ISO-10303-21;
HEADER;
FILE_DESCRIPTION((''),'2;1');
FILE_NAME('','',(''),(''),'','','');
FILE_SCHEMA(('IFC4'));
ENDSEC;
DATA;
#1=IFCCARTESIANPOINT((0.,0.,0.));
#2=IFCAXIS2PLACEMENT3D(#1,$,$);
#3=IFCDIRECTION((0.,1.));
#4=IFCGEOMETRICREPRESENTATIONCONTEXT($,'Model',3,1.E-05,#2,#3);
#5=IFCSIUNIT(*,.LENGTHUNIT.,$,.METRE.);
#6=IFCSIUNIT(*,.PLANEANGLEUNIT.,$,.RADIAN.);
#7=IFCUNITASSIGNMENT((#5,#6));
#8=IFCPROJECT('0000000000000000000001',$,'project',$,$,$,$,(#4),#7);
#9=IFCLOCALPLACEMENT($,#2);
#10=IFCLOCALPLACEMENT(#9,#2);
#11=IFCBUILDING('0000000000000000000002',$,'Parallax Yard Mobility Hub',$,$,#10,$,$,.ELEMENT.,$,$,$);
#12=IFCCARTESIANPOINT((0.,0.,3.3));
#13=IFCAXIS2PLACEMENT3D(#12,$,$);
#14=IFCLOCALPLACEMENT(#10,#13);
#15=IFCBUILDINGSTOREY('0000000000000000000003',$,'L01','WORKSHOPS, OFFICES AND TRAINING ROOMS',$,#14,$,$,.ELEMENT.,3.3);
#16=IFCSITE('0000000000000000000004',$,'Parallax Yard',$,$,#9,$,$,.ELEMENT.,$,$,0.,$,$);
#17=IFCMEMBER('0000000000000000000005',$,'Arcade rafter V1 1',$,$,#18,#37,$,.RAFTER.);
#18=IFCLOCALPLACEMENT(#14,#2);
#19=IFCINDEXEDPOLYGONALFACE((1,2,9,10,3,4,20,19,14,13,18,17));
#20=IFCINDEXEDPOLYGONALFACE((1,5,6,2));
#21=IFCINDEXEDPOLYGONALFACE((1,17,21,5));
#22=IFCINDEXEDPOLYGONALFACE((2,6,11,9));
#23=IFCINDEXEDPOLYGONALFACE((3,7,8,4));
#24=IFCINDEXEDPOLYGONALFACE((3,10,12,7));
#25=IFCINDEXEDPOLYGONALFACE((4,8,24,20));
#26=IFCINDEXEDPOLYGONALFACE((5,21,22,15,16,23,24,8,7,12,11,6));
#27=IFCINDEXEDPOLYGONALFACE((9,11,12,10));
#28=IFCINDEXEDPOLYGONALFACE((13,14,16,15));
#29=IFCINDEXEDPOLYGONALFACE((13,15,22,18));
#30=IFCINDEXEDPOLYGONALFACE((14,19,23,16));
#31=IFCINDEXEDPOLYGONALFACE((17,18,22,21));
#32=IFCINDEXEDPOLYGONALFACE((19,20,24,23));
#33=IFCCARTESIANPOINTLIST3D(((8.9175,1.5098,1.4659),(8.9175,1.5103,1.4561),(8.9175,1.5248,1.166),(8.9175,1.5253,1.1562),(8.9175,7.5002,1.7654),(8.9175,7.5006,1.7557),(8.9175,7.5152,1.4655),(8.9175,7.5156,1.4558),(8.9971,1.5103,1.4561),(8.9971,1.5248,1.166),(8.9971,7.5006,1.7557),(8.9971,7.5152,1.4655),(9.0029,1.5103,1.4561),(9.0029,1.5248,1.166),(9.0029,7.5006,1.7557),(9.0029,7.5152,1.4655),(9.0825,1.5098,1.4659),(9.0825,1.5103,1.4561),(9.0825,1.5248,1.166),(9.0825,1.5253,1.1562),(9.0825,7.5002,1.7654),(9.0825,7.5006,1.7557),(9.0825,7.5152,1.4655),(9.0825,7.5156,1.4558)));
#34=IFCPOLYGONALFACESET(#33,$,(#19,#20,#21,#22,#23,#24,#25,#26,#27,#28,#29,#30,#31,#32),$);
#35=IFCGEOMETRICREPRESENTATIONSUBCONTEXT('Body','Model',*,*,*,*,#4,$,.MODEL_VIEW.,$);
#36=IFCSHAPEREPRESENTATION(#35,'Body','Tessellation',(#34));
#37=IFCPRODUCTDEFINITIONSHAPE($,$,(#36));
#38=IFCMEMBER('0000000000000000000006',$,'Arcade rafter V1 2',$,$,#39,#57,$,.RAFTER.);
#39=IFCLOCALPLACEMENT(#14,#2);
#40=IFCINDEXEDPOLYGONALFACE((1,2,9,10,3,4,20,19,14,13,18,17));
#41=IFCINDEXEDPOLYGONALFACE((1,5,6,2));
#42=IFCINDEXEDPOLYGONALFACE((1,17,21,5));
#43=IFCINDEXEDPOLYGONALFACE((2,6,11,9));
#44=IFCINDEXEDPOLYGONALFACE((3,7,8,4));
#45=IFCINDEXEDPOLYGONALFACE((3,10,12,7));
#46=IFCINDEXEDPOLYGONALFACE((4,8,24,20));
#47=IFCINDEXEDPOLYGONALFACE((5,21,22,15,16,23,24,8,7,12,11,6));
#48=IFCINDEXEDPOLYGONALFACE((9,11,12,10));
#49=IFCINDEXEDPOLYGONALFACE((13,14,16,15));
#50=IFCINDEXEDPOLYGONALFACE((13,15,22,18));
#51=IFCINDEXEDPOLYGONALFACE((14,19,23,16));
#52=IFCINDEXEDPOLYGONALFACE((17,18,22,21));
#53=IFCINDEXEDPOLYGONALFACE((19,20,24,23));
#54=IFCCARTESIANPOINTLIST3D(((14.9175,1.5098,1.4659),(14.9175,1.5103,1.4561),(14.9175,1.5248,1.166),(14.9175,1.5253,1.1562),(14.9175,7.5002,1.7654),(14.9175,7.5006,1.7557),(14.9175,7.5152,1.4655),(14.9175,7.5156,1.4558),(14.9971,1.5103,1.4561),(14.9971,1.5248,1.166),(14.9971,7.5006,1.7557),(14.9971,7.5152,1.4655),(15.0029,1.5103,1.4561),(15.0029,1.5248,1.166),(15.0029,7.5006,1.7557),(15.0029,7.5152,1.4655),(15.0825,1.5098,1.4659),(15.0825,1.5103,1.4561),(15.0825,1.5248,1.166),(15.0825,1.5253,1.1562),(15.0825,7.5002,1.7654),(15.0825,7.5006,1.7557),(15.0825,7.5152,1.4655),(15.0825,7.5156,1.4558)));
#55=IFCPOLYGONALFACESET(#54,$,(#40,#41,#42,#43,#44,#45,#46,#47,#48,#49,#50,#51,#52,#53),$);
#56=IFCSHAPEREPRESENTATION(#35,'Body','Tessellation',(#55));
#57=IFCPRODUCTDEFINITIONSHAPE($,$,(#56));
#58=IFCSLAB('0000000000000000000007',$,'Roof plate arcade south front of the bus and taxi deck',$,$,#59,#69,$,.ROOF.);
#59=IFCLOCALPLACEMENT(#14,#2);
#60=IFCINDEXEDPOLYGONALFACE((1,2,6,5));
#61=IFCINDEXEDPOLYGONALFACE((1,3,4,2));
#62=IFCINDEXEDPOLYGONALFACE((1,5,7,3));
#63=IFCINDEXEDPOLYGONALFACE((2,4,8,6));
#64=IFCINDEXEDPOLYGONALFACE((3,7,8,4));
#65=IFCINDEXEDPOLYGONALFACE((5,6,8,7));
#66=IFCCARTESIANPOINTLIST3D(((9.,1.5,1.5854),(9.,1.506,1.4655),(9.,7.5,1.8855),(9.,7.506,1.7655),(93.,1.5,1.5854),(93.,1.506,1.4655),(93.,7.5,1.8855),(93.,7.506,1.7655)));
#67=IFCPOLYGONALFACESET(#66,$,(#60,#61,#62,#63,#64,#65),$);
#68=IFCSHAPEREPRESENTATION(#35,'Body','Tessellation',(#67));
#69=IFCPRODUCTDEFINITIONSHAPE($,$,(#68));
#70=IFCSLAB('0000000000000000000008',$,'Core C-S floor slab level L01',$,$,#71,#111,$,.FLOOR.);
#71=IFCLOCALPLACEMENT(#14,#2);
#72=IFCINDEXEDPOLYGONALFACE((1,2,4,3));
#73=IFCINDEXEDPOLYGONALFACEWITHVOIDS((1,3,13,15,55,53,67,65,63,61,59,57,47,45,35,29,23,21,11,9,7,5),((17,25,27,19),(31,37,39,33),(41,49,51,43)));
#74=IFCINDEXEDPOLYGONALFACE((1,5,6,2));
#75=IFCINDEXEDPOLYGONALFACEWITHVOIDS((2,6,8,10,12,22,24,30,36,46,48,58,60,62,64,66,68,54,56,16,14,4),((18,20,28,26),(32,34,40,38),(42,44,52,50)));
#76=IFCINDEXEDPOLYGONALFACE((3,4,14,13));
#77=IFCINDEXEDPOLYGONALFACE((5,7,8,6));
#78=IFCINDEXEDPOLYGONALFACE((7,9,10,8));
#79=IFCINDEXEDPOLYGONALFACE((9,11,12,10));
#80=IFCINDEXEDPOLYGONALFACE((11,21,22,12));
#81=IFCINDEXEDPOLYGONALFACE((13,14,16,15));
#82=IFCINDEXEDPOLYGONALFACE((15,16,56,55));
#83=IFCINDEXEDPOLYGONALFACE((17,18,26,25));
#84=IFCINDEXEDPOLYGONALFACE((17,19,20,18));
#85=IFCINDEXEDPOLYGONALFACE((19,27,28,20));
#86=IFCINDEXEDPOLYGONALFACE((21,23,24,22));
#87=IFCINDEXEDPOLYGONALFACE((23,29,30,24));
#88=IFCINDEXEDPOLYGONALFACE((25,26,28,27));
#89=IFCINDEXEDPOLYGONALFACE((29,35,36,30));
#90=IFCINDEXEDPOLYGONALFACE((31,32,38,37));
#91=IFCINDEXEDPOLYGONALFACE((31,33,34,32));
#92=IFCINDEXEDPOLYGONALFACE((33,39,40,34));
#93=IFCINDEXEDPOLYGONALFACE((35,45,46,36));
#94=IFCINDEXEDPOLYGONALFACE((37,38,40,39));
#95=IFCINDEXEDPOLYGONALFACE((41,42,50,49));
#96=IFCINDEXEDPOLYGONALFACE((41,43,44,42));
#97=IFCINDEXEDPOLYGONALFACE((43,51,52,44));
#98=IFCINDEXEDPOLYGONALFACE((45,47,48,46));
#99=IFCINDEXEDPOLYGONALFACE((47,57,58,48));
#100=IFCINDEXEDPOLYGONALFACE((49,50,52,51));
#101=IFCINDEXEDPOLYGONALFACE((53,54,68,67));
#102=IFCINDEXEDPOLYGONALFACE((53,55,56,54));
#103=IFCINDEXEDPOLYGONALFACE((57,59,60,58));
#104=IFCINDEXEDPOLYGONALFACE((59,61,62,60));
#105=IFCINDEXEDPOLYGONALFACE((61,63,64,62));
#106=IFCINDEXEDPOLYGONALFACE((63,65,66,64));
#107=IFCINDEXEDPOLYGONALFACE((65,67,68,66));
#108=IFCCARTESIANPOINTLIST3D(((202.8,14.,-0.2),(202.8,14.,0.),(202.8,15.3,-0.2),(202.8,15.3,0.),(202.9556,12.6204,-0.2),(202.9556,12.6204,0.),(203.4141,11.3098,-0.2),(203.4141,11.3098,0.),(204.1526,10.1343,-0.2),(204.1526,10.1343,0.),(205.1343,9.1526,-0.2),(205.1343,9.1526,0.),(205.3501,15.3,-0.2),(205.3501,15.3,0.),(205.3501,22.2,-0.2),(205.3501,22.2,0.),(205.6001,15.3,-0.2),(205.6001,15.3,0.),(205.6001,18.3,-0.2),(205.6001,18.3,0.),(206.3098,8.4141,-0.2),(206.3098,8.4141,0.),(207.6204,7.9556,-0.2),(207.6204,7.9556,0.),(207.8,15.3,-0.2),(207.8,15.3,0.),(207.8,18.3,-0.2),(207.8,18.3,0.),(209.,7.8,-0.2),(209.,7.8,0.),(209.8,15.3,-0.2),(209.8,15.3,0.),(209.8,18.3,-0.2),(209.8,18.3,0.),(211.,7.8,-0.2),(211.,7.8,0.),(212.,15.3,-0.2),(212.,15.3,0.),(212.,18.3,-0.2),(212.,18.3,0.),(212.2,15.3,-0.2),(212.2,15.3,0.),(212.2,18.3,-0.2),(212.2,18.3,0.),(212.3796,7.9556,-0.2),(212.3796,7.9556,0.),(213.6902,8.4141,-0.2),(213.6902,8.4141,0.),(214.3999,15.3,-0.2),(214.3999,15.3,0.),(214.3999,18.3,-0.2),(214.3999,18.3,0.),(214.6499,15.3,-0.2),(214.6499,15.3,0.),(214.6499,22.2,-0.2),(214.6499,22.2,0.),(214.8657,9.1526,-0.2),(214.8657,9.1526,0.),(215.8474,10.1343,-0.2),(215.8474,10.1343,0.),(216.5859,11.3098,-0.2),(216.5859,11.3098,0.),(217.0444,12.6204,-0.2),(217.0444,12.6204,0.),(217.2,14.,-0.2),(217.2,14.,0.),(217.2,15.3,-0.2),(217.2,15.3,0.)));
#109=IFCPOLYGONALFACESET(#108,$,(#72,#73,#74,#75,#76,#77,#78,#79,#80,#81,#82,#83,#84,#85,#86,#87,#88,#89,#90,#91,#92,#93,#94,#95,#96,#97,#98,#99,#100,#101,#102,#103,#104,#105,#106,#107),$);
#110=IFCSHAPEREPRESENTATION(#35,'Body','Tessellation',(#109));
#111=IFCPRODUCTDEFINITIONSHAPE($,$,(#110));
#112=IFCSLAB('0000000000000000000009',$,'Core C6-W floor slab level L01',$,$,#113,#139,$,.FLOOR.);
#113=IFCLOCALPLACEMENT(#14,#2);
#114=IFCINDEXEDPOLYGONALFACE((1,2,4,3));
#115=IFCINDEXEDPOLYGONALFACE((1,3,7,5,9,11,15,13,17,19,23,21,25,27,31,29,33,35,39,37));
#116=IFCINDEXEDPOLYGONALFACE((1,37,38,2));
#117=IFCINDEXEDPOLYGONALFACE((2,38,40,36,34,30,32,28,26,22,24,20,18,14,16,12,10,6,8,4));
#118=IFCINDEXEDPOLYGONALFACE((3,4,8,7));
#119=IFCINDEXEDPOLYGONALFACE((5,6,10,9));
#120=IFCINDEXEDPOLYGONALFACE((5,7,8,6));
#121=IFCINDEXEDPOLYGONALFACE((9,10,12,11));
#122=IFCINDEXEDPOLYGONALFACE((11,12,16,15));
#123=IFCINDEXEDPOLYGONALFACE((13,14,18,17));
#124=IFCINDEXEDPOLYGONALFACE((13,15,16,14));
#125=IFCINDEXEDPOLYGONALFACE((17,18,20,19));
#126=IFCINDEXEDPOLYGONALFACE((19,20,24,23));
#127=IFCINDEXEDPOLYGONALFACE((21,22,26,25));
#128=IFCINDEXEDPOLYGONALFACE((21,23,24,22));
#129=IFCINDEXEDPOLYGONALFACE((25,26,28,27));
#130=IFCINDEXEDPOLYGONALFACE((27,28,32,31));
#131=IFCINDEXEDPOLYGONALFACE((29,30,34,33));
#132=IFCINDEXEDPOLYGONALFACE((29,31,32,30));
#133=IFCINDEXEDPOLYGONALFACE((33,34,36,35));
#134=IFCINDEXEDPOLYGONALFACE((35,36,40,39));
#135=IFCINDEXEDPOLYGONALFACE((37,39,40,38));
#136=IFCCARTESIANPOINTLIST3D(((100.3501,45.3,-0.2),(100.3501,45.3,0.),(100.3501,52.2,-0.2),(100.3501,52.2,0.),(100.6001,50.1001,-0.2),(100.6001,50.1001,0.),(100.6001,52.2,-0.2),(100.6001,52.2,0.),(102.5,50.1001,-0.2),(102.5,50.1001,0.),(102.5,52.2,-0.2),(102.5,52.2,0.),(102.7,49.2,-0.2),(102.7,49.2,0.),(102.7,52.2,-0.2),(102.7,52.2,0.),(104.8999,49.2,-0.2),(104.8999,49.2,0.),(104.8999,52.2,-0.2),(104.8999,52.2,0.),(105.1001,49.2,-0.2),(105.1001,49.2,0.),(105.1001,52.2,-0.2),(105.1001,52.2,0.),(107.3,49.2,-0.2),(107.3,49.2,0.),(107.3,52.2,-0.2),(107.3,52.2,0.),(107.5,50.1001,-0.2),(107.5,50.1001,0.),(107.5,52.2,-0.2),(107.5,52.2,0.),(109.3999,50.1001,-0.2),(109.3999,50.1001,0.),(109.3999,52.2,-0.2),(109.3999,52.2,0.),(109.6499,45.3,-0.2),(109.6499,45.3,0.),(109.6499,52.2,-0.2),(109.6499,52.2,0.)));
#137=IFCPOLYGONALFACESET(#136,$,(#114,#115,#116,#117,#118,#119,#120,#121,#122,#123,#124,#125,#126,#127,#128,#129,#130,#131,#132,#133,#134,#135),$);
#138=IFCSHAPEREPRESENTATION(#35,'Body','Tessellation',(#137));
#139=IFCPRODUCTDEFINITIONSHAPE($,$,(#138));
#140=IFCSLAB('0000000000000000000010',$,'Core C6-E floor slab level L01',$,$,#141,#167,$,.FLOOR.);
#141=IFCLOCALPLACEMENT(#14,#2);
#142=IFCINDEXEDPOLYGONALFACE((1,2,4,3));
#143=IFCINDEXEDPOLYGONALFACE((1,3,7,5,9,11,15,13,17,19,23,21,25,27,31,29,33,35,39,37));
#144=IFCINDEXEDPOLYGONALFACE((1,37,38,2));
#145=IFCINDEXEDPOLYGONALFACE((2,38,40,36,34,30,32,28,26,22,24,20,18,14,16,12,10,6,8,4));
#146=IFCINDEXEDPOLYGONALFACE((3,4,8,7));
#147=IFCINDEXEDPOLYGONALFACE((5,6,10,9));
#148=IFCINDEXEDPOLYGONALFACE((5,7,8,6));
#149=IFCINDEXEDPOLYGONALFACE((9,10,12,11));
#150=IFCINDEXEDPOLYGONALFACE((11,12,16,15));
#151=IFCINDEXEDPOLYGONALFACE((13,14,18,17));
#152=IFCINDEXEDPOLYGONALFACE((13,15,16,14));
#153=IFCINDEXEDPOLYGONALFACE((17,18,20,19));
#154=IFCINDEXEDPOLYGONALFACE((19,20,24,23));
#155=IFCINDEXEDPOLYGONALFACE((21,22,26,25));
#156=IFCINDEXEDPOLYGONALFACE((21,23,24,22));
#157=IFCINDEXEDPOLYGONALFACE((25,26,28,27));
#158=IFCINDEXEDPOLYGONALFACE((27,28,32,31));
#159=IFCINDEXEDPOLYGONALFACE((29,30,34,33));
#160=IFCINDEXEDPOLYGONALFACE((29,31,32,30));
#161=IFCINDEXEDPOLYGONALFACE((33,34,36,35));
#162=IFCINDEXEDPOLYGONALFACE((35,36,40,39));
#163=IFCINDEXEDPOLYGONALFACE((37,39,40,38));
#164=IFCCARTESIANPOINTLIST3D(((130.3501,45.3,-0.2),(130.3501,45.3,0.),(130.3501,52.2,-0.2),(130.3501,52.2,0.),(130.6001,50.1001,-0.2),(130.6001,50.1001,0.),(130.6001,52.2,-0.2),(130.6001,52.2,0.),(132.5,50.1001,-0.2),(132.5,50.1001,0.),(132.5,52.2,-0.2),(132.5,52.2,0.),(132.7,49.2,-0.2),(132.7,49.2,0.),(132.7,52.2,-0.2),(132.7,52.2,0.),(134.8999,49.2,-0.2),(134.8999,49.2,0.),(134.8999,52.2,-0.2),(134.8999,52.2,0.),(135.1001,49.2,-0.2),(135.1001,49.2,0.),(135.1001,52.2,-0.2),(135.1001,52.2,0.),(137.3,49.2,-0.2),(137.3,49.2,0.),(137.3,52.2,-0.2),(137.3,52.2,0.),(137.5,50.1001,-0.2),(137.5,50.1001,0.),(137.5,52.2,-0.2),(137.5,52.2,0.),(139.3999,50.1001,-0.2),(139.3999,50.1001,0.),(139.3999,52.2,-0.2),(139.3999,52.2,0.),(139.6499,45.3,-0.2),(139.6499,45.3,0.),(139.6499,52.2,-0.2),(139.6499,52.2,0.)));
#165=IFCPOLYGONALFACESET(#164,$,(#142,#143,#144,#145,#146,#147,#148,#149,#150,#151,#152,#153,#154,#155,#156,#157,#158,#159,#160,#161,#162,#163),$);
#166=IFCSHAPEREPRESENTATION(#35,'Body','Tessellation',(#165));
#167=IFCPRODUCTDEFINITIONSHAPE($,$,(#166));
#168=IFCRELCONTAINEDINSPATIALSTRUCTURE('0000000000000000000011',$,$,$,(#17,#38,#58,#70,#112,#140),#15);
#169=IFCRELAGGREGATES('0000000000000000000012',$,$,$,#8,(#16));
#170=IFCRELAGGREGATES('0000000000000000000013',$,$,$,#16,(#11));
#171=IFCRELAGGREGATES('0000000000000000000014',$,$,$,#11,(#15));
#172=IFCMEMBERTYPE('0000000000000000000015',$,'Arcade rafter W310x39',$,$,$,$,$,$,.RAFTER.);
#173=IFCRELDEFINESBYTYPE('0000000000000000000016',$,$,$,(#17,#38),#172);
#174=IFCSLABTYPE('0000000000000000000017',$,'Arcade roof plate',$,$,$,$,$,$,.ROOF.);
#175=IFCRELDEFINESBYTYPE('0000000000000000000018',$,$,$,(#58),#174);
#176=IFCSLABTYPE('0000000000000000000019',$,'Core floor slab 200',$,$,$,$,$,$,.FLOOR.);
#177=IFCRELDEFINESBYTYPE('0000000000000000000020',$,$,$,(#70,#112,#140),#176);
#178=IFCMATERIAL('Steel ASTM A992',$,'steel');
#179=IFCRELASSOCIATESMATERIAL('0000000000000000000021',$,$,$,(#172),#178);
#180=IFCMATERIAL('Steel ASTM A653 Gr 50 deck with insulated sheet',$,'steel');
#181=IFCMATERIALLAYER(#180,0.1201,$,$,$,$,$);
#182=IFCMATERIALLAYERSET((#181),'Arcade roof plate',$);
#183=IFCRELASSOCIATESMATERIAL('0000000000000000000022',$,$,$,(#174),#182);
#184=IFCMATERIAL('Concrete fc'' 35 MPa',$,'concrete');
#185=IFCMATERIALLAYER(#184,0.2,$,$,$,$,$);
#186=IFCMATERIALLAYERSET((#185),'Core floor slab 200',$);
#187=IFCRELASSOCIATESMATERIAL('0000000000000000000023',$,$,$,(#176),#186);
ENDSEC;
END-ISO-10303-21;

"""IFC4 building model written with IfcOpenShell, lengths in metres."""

from ifc_helpers import new_model, si_unit, direction, frame, origin, origin_2d, place, context, subcontext, project, spatial, polyline, i_section, outline, extrude, material, layer, layer_set, material_profile, profile_set, type_object, element, save


model = new_model("IFC4")

# Units and contexts
model_context = context("Model", 3, precision=1e-05, world=origin(), true_north=direction((0.0, 1.0)))
body_context = subcontext(model_context, "Body", "Model", "MODEL_VIEW")
ifc_project = project(units=[si_unit("LENGTHUNIT", "METRE"), si_unit("PLANEANGLEUNIT", "RADIAN")], contexts=[model_context])

# Site, building, storey
site_placement = place(None, origin())
site = spatial("IfcSite", under=ifc_project, at=site_placement, Name="Parallax Yard", CompositionType="ELEMENT", RefElevation=0.0)
building_placement = place(site_placement, origin())
building = spatial("IfcBuilding", under=site, at=building_placement, Name="Parallax Yard Mobility Hub", CompositionType="ELEMENT")
storey_placement = place(building_placement, frame((0.0, 0.0, 3.3)))
storey = spatial("IfcBuildingStorey", under=building, at=storey_placement, Name="L01", Description="WORKSHOPS, OFFICES AND TRAINING ROOMS", CompositionType="ELEMENT", Elevation=3.3)

# Shared definitions
ifc_material_1 = material(Name="Steel ASTM A992", Category="steel")

# Members
ifc_material_profile_1 = material_profile(ifc_material_1, i_section(OverallWidth=0.165, OverallDepth=0.3101, WebThickness=0.0059, FlangeThickness=0.0098, at=origin_2d()), Name="W310x39")
ifc_profile_set_1 = profile_set([ifc_material_profile_1], Name="Steel ASTM A992")
member_type_1 = type_object("IfcMemberType", Name="Arcade rafter W310x39", PredefinedType="RAFTER", material=ifc_profile_set_1)
for number, where, z_axis, x_axis, name in (
    (1, (9.0, 1.5176, 1.311), (0.0, 0.998752, 0.049946), (-1.0, 0.0, 0.0), "Arcade rafter V1 1"),
    (2, (15.0, 1.5176, 1.311), (0.0, 0.998752, 0.049946), (-1.0, 0.0, 0.0), "Arcade rafter V1 2"),
):
    element("IfcMember", number, at=place(storey_placement, frame(where, z_axis=z_axis, x_axis=x_axis)), inside=storey, type_object=member_type_1, Name=name, PredefinedType="RAFTER", context=body_context, shape_type="SweptSolid", body=[
        extrude(i_section(OverallWidth=0.165, OverallDepth=0.3101, WebThickness=0.0059, FlangeThickness=0.0098, at=origin_2d()), origin(), (0.0, 0.0, 1.0), 5.9978),
    ])

# Slabs
ifc_material_2 = material(Name="Steel ASTM A653 Gr 50 deck with insulated sheet", Category="steel")
ifc_layer_1 = layer(ifc_material_2, 0.1201)
ifc_layer_set_1 = layer_set([ifc_layer_1], Name="Arcade roof plate")
slab_type_1 = type_object("IfcSlabType", Name="Arcade roof plate", PredefinedType="ROOF", material=ifc_layer_set_1)
slab_1_placement = place(storey_placement, frame((9.0, 1.5, 1.5854), z_axis=(0.0, -0.049946, 0.998752), x_axis=(1.0, 0.0, 0.0)))
element("IfcSlab", 3, at=slab_1_placement, inside=storey, type_object=slab_type_1, Name="Roof plate arcade south front of the bus and taxi deck", PredefinedType="ROOF", context=body_context, shape_type="SweptSolid", body=[
    extrude(outline(polyline([(0.0, 0.0), (84.0, 0.0), (84.0, 6.0075), (0.0, 6.0075), (0.0, 0.0)])), origin(), (0.0, 0.0, -1.0), 0.1201),
])
ifc_material_3 = material(Name="Concrete fc' 35 MPa", Category="concrete")
ifc_layer_2 = layer(ifc_material_3, 0.2)
ifc_layer_set_2 = layer_set([ifc_layer_2], Name="Core floor slab 200")
slab_type_2 = type_object("IfcSlabType", Name="Core floor slab 200", PredefinedType="FLOOR", material=ifc_layer_set_2)
slab_2_placement = place(storey_placement, frame((0.0, 0.0, -0.2)))
element("IfcSlab", 4, at=slab_2_placement, inside=storey, type_object=slab_type_2, Name="Core C-S floor slab level L01", PredefinedType="FLOOR", context=body_context, shape_type="SweptSolid", body=[
    extrude(outline(polyline([(216.5859, 11.3098), (215.8474, 10.1343), (214.8657, 9.1526), (213.6902, 8.4141), (212.3796, 7.9556), (211.0, 7.8), (209.0, 7.8), (207.6204, 7.9556), (206.3098, 8.4141), (205.1343, 9.1526), (204.1526, 10.1343), (203.4141, 11.3098), (202.9556, 12.6204), (202.8, 14.0), (202.8, 15.3), (205.3501, 15.3), (205.3501, 22.2), (214.6499, 22.2), (214.6499, 15.3), (217.2, 15.3), (217.2, 14.0), (217.0444, 12.6204), (216.5859, 11.3098)]), holes=[polyline([(214.3999, 18.3), (212.2, 18.3), (212.2, 15.3), (214.3999, 15.3), (214.3999, 18.3)]), polyline([(212.0, 15.3), (212.0, 18.3), (209.8, 18.3), (209.8, 15.3), (212.0, 15.3)]), polyline([(205.6001, 15.3), (207.8, 15.3), (207.8, 18.3), (205.6001, 18.3), (205.6001, 15.3)])]), origin(), (0.0, 0.0, 1.0), 0.2),
])
slab_3_placement = place(storey_placement, frame((0.0, 0.0, -0.2)))
element("IfcSlab", 5, at=slab_3_placement, inside=storey, type_object=slab_type_2, Name="Core C6-W floor slab level L01", PredefinedType="FLOOR", context=body_context, shape_type="SweptSolid", body=[
    extrude(outline(polyline([(104.8999, 49.2), (104.8999, 52.2), (105.1001, 52.2), (105.1001, 49.2), (107.3, 49.2), (107.3, 52.2), (107.5, 52.2), (107.5, 50.1001), (109.3999, 50.1001), (109.3999, 52.2), (109.6499, 52.2), (109.6499, 45.3), (100.3501, 45.3), (100.3501, 52.2), (100.6001, 52.2), (100.6001, 50.1001), (102.5, 50.1001), (102.5, 52.2), (102.7, 52.2), (102.7, 49.2), (104.8999, 49.2)])), origin(), (0.0, 0.0, 1.0), 0.2),
])
slab_4_placement = place(storey_placement, frame((0.0, 0.0, -0.2)))
element("IfcSlab", 6, at=slab_4_placement, inside=storey, type_object=slab_type_2, Name="Core C6-E floor slab level L01", PredefinedType="FLOOR", context=body_context, shape_type="SweptSolid", body=[
    extrude(outline(polyline([(134.8999, 49.2), (134.8999, 52.2), (135.1001, 52.2), (135.1001, 49.2), (137.3, 49.2), (137.3, 52.2), (137.5, 52.2), (137.5, 50.1001), (139.3999, 50.1001), (139.3999, 52.2), (139.6499, 52.2), (139.6499, 45.3), (130.3501, 45.3), (130.3501, 52.2), (130.6001, 52.2), (130.6001, 50.1001), (132.5, 50.1001), (132.5, 52.2), (132.7, 52.2), (132.7, 49.2), (134.8999, 49.2)])), origin(), (0.0, 0.0, 1.0), 0.2),
])

save(model, "model.ifc")
